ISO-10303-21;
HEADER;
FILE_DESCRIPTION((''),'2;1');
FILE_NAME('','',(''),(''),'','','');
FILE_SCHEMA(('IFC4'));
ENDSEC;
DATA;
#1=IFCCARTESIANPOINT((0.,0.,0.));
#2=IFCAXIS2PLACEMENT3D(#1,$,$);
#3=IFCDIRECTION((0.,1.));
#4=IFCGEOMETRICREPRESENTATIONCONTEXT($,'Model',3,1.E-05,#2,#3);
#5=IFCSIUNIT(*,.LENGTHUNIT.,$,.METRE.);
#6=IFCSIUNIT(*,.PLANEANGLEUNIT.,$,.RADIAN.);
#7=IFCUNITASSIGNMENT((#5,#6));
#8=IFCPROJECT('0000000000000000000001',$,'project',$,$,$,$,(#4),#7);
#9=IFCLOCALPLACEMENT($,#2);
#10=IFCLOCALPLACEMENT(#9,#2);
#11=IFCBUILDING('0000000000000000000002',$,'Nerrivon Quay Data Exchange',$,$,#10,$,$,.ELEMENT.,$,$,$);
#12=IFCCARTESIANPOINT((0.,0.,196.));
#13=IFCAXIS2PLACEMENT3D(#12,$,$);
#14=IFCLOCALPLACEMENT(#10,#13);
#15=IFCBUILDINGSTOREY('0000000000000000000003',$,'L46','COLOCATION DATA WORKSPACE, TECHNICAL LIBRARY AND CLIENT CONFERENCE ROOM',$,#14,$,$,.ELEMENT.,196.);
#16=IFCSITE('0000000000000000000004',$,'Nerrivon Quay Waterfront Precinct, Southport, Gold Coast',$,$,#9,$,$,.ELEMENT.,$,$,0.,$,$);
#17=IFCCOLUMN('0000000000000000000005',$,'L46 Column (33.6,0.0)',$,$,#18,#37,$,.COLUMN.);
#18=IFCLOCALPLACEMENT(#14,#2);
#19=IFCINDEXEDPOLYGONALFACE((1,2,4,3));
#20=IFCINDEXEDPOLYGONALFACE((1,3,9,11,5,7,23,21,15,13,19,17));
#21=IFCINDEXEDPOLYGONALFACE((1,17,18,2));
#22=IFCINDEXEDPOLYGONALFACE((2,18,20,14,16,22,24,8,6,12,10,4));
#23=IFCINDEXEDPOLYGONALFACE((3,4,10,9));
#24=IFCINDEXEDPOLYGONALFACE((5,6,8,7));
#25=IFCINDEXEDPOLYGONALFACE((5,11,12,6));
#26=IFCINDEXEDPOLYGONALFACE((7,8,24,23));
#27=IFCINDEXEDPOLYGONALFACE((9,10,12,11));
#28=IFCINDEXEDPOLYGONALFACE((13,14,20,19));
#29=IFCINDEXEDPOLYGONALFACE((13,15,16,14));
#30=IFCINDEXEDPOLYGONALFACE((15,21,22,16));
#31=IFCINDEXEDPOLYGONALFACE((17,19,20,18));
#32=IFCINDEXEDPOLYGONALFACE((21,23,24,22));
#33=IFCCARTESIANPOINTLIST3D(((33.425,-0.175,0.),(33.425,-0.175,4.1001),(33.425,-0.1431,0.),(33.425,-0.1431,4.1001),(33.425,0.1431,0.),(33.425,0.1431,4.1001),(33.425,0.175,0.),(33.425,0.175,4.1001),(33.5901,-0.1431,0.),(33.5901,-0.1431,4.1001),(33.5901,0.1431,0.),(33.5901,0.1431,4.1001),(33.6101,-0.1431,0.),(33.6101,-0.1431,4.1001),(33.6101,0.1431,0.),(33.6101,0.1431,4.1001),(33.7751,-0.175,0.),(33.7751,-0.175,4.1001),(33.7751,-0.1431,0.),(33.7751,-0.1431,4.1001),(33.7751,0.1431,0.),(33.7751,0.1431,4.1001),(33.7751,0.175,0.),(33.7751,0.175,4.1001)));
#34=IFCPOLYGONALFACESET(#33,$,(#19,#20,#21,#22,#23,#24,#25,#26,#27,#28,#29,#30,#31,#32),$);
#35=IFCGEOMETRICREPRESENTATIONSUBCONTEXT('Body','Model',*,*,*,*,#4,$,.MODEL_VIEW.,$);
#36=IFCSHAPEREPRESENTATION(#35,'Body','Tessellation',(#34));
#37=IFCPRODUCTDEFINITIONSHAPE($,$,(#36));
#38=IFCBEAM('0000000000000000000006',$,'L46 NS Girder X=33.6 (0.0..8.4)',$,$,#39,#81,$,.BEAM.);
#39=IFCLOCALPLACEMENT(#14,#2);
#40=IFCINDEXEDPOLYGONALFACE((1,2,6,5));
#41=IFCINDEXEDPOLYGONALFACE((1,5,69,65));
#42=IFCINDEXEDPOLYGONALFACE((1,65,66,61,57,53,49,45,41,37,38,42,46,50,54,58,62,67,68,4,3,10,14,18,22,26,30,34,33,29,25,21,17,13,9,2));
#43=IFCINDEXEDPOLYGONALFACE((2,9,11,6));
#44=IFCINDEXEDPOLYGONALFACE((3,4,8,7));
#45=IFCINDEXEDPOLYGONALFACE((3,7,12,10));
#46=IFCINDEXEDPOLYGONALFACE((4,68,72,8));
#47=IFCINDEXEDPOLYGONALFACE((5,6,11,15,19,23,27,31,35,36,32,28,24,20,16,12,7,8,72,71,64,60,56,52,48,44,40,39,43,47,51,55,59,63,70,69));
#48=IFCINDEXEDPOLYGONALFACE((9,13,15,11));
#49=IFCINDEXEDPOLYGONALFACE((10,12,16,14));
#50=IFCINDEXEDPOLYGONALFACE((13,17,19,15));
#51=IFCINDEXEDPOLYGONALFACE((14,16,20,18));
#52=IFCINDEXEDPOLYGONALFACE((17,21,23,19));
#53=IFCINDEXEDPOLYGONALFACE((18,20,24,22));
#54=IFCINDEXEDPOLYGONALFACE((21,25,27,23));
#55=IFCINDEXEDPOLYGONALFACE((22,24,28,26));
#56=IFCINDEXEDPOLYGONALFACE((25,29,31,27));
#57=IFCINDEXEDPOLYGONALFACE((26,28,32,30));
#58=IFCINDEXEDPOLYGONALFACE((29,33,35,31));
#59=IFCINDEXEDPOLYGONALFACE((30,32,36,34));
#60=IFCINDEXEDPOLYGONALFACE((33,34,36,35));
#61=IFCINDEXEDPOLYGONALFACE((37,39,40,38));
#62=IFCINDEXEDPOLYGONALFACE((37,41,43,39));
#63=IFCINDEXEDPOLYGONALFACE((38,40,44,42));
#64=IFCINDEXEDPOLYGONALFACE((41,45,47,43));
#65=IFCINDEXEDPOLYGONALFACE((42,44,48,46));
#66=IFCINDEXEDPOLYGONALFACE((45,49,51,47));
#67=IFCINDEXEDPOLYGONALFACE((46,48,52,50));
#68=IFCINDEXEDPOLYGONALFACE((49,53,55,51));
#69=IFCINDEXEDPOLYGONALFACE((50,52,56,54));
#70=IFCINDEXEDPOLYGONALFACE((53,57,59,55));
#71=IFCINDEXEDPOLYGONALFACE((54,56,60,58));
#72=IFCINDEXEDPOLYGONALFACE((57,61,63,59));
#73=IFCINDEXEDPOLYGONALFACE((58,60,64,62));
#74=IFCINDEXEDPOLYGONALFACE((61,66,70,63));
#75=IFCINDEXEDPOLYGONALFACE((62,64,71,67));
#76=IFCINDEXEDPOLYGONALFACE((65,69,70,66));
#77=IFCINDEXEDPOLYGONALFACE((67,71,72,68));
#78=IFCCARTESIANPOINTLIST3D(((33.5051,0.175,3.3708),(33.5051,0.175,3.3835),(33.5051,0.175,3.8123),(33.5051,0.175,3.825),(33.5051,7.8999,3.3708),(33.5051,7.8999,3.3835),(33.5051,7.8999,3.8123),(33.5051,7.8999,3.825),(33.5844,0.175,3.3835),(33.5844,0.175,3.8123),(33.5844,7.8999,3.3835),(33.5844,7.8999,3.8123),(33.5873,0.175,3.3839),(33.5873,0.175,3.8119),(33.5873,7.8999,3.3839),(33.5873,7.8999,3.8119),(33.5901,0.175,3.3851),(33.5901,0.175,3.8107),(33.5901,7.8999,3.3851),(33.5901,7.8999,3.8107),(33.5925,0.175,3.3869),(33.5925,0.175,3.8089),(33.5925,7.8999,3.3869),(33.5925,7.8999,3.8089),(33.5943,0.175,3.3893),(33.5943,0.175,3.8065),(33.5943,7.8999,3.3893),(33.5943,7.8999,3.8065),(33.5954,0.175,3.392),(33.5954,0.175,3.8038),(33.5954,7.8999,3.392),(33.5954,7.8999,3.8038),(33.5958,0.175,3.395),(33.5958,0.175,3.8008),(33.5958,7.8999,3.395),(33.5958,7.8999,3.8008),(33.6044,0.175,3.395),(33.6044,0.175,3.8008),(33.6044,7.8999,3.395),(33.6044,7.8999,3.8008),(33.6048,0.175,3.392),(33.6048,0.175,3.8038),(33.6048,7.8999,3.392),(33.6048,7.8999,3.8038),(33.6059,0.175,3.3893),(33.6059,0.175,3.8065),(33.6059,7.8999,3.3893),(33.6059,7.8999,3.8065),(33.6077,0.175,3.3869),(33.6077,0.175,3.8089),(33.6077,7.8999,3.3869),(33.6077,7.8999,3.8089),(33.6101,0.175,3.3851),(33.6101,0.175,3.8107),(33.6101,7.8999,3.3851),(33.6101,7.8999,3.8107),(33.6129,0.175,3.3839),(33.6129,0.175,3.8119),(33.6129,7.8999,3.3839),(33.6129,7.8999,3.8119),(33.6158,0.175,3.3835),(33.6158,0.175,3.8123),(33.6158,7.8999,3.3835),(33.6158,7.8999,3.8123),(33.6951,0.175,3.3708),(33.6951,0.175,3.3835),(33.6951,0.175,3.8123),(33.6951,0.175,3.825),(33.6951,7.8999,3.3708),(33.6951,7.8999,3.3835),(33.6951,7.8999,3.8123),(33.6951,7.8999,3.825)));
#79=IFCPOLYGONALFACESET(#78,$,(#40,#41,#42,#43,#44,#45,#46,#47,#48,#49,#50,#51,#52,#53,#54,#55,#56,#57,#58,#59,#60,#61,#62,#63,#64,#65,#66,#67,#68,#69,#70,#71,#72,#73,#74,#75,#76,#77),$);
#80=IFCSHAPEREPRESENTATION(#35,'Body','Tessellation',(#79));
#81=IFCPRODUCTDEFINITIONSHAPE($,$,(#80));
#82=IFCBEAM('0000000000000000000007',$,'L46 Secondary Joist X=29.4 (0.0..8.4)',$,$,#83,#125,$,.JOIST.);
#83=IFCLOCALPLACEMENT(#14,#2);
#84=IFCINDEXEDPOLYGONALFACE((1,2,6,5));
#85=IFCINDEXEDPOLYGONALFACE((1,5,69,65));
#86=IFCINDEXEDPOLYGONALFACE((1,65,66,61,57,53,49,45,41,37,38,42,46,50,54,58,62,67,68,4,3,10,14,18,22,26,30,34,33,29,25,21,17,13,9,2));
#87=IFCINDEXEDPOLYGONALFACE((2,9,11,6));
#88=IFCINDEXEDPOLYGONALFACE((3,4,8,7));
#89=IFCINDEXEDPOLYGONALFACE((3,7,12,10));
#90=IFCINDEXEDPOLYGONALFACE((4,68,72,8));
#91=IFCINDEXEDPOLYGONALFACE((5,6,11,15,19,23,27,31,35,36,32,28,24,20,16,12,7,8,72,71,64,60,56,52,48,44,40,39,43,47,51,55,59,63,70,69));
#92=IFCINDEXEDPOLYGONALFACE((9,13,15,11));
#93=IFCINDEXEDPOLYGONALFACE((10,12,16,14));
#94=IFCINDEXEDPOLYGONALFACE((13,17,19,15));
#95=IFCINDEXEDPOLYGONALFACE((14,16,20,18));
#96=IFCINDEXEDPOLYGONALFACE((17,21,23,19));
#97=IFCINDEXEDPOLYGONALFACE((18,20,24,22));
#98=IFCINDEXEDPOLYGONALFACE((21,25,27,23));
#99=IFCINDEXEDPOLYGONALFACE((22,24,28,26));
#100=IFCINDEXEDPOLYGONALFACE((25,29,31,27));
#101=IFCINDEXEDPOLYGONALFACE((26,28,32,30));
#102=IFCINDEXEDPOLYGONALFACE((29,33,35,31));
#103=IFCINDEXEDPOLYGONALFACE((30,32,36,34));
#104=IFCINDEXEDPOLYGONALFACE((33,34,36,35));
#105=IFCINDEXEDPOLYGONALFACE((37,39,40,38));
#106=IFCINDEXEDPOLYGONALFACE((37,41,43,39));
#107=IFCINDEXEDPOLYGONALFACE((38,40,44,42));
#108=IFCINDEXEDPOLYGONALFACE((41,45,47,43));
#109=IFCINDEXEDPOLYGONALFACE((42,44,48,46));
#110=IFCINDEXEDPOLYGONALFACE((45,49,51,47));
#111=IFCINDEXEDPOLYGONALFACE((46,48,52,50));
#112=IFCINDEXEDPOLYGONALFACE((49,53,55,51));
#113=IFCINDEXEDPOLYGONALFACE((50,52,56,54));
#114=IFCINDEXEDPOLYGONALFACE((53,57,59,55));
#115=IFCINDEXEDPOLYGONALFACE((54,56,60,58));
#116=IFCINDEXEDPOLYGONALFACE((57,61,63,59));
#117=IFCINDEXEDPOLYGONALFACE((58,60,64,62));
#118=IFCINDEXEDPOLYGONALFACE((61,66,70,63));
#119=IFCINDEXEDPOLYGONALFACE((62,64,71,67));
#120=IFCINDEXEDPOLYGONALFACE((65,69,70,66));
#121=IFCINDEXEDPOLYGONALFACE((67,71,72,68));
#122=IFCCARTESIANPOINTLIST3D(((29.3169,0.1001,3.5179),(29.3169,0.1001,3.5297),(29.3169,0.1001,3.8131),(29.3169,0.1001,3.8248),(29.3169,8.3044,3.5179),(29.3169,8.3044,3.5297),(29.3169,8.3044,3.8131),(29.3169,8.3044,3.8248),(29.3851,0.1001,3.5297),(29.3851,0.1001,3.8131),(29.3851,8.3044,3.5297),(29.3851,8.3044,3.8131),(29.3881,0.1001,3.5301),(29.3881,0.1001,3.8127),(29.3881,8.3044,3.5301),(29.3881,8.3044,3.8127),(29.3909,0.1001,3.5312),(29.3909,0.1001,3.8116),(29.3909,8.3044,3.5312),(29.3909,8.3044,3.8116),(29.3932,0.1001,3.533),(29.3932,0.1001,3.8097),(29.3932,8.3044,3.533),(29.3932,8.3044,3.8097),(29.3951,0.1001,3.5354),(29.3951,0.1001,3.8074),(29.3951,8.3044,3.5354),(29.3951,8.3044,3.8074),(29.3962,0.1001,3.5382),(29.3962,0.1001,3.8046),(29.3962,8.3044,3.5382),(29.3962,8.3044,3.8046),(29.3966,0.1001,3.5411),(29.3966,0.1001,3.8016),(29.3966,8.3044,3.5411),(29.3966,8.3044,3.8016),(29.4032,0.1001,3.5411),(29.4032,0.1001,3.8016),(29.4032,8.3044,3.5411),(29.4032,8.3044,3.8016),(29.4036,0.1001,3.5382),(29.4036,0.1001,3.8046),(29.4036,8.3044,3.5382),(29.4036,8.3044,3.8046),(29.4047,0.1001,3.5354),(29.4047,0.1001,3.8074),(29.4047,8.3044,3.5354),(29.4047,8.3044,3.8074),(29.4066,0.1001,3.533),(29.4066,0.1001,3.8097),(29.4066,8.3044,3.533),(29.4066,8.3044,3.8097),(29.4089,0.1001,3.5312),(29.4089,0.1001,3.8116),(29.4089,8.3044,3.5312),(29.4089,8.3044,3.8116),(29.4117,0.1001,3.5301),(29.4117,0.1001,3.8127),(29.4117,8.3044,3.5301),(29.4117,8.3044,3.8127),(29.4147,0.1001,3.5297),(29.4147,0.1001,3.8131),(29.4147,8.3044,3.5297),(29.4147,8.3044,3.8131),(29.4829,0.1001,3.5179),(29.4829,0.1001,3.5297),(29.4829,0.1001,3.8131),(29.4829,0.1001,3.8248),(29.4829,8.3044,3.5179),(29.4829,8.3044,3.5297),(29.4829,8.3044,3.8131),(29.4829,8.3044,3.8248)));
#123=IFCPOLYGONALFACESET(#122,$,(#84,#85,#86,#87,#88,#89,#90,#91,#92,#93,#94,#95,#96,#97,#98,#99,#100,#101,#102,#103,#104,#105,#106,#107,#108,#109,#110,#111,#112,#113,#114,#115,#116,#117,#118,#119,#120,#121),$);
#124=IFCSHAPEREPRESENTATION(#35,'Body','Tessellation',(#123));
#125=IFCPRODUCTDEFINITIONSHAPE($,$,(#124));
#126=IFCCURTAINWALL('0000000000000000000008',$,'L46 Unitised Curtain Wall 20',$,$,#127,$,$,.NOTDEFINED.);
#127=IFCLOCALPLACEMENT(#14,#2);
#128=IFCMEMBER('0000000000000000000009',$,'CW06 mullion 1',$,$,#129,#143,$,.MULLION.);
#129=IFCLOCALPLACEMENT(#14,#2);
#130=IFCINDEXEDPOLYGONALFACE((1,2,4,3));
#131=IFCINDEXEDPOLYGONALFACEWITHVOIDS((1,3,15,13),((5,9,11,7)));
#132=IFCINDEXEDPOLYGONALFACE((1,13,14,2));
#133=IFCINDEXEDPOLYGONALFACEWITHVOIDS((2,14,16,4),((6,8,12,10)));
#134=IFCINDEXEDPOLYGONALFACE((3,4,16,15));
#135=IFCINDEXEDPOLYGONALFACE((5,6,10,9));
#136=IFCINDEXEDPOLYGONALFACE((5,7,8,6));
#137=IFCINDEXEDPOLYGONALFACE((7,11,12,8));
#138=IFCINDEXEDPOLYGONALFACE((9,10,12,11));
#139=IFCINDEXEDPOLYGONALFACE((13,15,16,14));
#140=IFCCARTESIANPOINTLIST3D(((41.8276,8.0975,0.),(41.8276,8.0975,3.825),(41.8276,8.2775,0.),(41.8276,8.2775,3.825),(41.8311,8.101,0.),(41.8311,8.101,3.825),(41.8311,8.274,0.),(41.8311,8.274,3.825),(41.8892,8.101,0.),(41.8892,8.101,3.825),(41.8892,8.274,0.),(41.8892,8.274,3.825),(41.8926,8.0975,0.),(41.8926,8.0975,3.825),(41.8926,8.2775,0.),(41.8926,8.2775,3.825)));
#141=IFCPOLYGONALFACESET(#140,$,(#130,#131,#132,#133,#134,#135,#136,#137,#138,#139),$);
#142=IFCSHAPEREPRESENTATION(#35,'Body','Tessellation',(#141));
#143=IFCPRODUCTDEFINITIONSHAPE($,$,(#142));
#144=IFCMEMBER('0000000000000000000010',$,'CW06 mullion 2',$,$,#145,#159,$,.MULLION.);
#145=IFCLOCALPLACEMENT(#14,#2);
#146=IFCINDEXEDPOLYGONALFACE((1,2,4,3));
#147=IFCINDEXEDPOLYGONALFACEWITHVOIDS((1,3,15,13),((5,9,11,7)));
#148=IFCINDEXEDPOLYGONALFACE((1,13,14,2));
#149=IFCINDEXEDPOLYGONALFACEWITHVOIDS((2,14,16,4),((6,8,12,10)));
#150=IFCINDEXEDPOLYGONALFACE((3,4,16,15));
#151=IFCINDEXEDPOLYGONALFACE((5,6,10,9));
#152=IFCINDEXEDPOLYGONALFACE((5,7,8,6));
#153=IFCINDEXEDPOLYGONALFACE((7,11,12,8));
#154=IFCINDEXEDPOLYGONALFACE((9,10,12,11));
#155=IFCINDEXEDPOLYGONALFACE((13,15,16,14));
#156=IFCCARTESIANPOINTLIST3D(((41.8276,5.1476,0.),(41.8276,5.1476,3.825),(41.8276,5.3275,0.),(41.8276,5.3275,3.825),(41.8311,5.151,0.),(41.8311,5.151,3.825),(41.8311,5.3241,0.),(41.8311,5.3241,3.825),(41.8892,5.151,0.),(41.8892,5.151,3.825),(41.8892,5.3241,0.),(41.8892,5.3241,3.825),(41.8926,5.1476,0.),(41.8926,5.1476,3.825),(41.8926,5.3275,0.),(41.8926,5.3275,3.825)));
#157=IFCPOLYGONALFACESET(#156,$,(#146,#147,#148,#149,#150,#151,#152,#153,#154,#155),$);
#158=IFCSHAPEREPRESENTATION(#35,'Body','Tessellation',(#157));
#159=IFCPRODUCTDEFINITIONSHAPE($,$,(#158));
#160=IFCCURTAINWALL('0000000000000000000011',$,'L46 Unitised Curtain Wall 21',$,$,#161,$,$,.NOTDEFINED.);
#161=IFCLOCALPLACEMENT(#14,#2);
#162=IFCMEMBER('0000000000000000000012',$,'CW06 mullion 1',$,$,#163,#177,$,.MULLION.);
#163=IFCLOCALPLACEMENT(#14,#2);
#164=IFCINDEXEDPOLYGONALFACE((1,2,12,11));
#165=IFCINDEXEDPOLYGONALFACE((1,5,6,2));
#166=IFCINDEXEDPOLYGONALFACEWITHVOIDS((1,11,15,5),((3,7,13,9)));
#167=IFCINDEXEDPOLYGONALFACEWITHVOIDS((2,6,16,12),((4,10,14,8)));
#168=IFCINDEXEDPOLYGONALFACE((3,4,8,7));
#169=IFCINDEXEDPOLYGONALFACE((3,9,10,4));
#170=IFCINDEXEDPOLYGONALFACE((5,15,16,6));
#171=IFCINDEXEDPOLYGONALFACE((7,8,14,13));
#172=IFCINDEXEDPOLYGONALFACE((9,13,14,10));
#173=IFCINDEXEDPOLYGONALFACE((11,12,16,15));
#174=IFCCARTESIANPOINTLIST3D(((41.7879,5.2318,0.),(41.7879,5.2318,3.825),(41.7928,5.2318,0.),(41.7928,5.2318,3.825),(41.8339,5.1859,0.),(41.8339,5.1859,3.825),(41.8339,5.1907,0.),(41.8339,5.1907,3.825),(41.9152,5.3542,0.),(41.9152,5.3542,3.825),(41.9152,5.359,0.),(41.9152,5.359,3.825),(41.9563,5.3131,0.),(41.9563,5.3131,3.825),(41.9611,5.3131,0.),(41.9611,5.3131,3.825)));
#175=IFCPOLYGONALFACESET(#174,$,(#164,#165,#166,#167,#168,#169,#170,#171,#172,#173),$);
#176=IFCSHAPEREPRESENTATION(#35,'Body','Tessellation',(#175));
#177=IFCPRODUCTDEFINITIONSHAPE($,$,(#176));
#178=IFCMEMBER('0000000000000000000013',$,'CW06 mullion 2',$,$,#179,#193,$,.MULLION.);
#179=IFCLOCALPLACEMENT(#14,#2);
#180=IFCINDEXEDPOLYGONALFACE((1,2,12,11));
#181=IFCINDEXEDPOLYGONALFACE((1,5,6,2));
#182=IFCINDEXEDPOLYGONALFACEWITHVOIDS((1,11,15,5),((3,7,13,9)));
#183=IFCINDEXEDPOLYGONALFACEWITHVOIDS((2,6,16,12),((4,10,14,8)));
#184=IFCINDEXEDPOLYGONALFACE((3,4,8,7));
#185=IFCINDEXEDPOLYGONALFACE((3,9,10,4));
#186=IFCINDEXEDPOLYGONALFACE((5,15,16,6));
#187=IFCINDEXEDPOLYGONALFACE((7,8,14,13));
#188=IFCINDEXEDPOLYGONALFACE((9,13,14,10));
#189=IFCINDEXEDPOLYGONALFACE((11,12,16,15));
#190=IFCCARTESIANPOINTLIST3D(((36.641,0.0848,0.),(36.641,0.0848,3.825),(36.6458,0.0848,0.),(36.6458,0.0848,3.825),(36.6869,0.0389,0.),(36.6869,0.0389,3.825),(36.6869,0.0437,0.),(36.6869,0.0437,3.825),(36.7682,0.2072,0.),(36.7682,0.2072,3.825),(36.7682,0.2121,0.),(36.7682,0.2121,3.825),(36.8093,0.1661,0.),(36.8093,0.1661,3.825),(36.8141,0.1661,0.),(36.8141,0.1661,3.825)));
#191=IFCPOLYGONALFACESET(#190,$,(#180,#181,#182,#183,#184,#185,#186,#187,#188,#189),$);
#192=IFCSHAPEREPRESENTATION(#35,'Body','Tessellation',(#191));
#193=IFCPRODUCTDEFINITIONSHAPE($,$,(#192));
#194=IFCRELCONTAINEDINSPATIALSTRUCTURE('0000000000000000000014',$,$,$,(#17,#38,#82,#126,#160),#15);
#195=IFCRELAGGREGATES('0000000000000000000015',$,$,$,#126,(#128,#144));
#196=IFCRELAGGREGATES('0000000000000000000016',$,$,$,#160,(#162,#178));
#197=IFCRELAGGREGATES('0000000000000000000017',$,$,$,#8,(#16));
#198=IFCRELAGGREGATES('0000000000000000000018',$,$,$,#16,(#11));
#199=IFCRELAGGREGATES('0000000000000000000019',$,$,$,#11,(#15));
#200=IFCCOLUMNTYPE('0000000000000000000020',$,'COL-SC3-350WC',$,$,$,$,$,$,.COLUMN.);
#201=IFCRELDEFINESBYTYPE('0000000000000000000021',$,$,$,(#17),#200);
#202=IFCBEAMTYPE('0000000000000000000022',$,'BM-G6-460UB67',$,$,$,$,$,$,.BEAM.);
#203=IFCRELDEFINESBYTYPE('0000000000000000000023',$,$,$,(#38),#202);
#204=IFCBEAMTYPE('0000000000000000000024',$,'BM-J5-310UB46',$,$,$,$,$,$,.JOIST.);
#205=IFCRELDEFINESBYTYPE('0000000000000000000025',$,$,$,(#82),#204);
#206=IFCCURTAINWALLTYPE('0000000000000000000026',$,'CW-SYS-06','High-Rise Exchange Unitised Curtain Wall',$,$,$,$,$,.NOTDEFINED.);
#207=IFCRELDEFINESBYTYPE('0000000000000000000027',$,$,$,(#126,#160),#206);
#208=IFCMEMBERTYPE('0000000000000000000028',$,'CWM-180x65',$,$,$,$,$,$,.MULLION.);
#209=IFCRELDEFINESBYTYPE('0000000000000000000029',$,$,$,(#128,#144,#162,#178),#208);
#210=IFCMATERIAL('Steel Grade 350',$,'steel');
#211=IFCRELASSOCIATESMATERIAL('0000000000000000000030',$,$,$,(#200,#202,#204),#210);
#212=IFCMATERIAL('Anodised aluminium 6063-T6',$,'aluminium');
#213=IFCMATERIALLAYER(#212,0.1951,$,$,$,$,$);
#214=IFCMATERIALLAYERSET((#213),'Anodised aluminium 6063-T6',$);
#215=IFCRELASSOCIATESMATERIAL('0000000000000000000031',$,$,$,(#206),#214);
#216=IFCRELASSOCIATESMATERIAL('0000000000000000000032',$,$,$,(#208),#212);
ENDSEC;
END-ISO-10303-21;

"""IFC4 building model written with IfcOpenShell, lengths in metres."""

from ifc_helpers import new_model, si_unit, direction, frame, origin, origin_2d, place, context, subcontext, project, spatial, hollow_rectangle, i_section, extrude, material, layer, layer_set, material_profile, profile_set, type_object, element, aggregate, save


model = new_model("IFC4")

# Units and contexts
model_context = context("Model", 3, precision=1e-05, world=origin(), true_north=direction((0.0, 1.0)))
body_context = subcontext(model_context, "Body", "Model", "MODEL_VIEW")
ifc_project = project(units=[si_unit("LENGTHUNIT", "METRE"), si_unit("PLANEANGLEUNIT", "RADIAN")], contexts=[model_context])

# Site, building, storey
site_placement = place(None, origin())
site = spatial("IfcSite", under=ifc_project, at=site_placement, Name="Nerrivon Quay Waterfront Precinct, Southport, Gold Coast", CompositionType="ELEMENT", RefElevation=0.0)
building_placement = place(site_placement, origin())
building = spatial("IfcBuilding", under=site, at=building_placement, Name="Nerrivon Quay Data Exchange", CompositionType="ELEMENT")
storey_placement = place(building_placement, frame((0.0, 0.0, 196.0)))
storey = spatial("IfcBuildingStorey", under=building, at=storey_placement, Name="L46", Description="COLOCATION DATA WORKSPACE, TECHNICAL LIBRARY AND CLIENT CONFERENCE ROOM", CompositionType="ELEMENT", Elevation=196.0)

# Column
ifc_material_1 = material(Name="Steel Grade 350", Category="steel")
ifc_material_profile_1 = material_profile(ifc_material_1, i_section(OverallWidth=0.3501, OverallDepth=0.3501, WebThickness=0.02, FlangeThickness=0.032, at=origin_2d()), Name="350WC230")
ifc_profile_set_1 = profile_set([ifc_material_profile_1], Name="Steel Grade 350")
column_type = type_object("IfcColumnType", Name="COL-SC3-350WC", PredefinedType="COLUMN", material=ifc_profile_set_1)
column_placement = place(storey_placement, frame((33.6001, 0.0, 0.0), z_axis=(0.0, 0.0, 1.0), x_axis=(1.0, 0.0, 0.0)))
element("IfcColumn", 1, at=column_placement, inside=storey, type_object=column_type, Name="L46 Column (33.6,0.0)", PredefinedType="COLUMN", context=body_context, shape_type="SweptSolid", body=[
    extrude(i_section(OverallWidth=0.3501, OverallDepth=0.3501, WebThickness=0.02, FlangeThickness=0.032, at=origin_2d()), origin(), (0.0, 0.0, 1.0), 4.1001),
])

# Beams
ifc_material_profile_2 = material_profile(ifc_material_1, i_section(OverallWidth=0.1899, OverallDepth=0.4541, WebThickness=0.0085, FlangeThickness=0.0127, FilletRadius=0.0115, at=origin_2d()), Name="460UB67.1")
ifc_profile_set_2 = profile_set([ifc_material_profile_2], Name="Steel Grade 350")
beam_type_1 = type_object("IfcBeamType", Name="BM-G6-460UB67", PredefinedType="BEAM", material=ifc_profile_set_2)
beam_1_placement = place(storey_placement, frame((33.6001, 0.175, 3.5979), z_axis=(0.0, 1.0, 0.0), x_axis=(-1.0, 0.0, 0.0)))
element("IfcBeam", 2, at=beam_1_placement, inside=storey, type_object=beam_type_1, Name="L46 NS Girder X=33.6 (0.0..8.4)", PredefinedType="BEAM", context=body_context, shape_type="SweptSolid", body=[
    extrude(i_section(OverallWidth=0.1899, OverallDepth=0.4541, WebThickness=0.0085, FlangeThickness=0.0127, FilletRadius=0.0115, at=origin_2d()), origin(), (0.0, 0.0, 1.0), 7.7249),
])
ifc_material_profile_3 = material_profile(ifc_material_1, i_section(OverallWidth=0.166, OverallDepth=0.3069, WebThickness=0.0066, FlangeThickness=0.0117, FilletRadius=0.0115, at=origin_2d()), Name="310UB46.2")
ifc_profile_set_3 = profile_set([ifc_material_profile_3], Name="Steel Grade 350")
beam_type_2 = type_object("IfcBeamType", Name="BM-J5-310UB46", PredefinedType="JOIST", material=ifc_profile_set_3)
beam_2_placement = place(storey_placement, frame((29.3999, 0.1001, 3.6714), z_axis=(0.0, 1.0, 0.0), x_axis=(-1.0, 0.0, 0.0)))
element("IfcBeam", 3, at=beam_2_placement, inside=storey, type_object=beam_type_2, Name="L46 Secondary Joist X=29.4 (0.0..8.4)", PredefinedType="JOIST", context=body_context, shape_type="SweptSolid", body=[
    extrude(i_section(OverallWidth=0.166, OverallDepth=0.3069, WebThickness=0.0066, FlangeThickness=0.0117, FilletRadius=0.0115, at=origin_2d()), origin(), (0.0, 0.0, 1.0), 8.2043),
])

# Curtain walls, members
ifc_material_2 = material(Name="Anodised aluminium 6063-T6", Category="aluminium")
ifc_layer_1 = layer(ifc_material_2, 0.1951)
ifc_layer_set_1 = layer_set([ifc_layer_1], Name="Anodised aluminium 6063-T6")
curtain_wall_type = type_object("IfcCurtainWallType", Name="CW-SYS-06", Description="High-Rise Exchange Unitised Curtain Wall", PredefinedType="NOTDEFINED", material=ifc_layer_set_1)
curtain_wall_1_placement = place(storey_placement, origin())
curtain_wall_1 = element("IfcCurtainWall", 4, at=curtain_wall_1_placement, inside=storey, type_object=curtain_wall_type, Name="L46 Unitised Curtain Wall 20", PredefinedType="NOTDEFINED")
ifc_material_profile_4 = material_profile(ifc_material_2, hollow_rectangle(XDim=0.0649, YDim=0.1799, WallThickness=0.0034, at=origin_2d()), Name="ALU-MULL-180x65")
ifc_profile_set_4 = profile_set([ifc_material_profile_4], Name="Anodised aluminium 6063-T6")
member_type_1 = type_object("IfcMemberType", Name="CWM-180x65", PredefinedType="MULLION", material=ifc_profile_set_4)
member_1_placement = place(storey_placement, frame((41.8601, 8.1875, 0.0), z_axis=(0.0, 0.0, 1.0), x_axis=(1.0, 0.0, 0.0)))
member_1 = element("IfcMember", 5, at=member_1_placement, type_object=member_type_1, Name="CW06 mullion 1", PredefinedType="MULLION", context=body_context, shape_type="SweptSolid", body=[
    extrude(hollow_rectangle(XDim=0.0649, YDim=0.1799, WallThickness=0.0034, at=origin_2d()), origin(), (0.0, 0.0, 1.0), 3.825),
])
member_2_placement = place(storey_placement, frame((41.8601, 5.2375, 0.0), z_axis=(0.0, 0.0, 1.0), x_axis=(1.0, 0.0, 0.0)))
member_2 = element("IfcMember", 6, at=member_2_placement, type_object=member_type_1, Name="CW06 mullion 2", PredefinedType="MULLION", context=body_context, shape_type="SweptSolid", body=[
    extrude(hollow_rectangle(XDim=0.0649, YDim=0.1799, WallThickness=0.0034, at=origin_2d()), origin(), (0.0, 0.0, 1.0), 3.825),
])
curtain_wall_2_placement = place(storey_placement, origin())
curtain_wall_2 = element("IfcCurtainWall", 7, at=curtain_wall_2_placement, inside=storey, type_object=curtain_wall_type, Name="L46 Unitised Curtain Wall 21", PredefinedType="NOTDEFINED")
member_3_placement = place(storey_placement, frame((41.8745, 5.2725, 0.0), z_axis=(0.0, 0.0, 1.0), x_axis=(0.707107, -0.707107, 0.0)))
member_3 = element("IfcMember", 8, at=member_3_placement, type_object=member_type_1, Name="CW06 mullion 1", PredefinedType="MULLION", context=body_context, shape_type="SweptSolid", body=[
    extrude(hollow_rectangle(XDim=0.0649, YDim=0.1799, WallThickness=0.0034, at=origin_2d()), origin(), (0.0, 0.0, 1.0), 3.825),
])
member_4_placement = place(storey_placement, frame((36.7275, 0.1255, 0.0), z_axis=(0.0, 0.0, 1.0), x_axis=(0.707107, -0.707107, 0.0)))
member_4 = element("IfcMember", 9, at=member_4_placement, type_object=member_type_1, Name="CW06 mullion 2", PredefinedType="MULLION", context=body_context, shape_type="SweptSolid", body=[
    extrude(hollow_rectangle(XDim=0.0649, YDim=0.1799, WallThickness=0.0034, at=origin_2d()), origin(), (0.0, 0.0, 1.0), 3.825),
])

aggregate(curtain_wall_1, [member_1, member_2])
aggregate(curtain_wall_2, [member_3, member_4])

save(model, "model.ifc")
